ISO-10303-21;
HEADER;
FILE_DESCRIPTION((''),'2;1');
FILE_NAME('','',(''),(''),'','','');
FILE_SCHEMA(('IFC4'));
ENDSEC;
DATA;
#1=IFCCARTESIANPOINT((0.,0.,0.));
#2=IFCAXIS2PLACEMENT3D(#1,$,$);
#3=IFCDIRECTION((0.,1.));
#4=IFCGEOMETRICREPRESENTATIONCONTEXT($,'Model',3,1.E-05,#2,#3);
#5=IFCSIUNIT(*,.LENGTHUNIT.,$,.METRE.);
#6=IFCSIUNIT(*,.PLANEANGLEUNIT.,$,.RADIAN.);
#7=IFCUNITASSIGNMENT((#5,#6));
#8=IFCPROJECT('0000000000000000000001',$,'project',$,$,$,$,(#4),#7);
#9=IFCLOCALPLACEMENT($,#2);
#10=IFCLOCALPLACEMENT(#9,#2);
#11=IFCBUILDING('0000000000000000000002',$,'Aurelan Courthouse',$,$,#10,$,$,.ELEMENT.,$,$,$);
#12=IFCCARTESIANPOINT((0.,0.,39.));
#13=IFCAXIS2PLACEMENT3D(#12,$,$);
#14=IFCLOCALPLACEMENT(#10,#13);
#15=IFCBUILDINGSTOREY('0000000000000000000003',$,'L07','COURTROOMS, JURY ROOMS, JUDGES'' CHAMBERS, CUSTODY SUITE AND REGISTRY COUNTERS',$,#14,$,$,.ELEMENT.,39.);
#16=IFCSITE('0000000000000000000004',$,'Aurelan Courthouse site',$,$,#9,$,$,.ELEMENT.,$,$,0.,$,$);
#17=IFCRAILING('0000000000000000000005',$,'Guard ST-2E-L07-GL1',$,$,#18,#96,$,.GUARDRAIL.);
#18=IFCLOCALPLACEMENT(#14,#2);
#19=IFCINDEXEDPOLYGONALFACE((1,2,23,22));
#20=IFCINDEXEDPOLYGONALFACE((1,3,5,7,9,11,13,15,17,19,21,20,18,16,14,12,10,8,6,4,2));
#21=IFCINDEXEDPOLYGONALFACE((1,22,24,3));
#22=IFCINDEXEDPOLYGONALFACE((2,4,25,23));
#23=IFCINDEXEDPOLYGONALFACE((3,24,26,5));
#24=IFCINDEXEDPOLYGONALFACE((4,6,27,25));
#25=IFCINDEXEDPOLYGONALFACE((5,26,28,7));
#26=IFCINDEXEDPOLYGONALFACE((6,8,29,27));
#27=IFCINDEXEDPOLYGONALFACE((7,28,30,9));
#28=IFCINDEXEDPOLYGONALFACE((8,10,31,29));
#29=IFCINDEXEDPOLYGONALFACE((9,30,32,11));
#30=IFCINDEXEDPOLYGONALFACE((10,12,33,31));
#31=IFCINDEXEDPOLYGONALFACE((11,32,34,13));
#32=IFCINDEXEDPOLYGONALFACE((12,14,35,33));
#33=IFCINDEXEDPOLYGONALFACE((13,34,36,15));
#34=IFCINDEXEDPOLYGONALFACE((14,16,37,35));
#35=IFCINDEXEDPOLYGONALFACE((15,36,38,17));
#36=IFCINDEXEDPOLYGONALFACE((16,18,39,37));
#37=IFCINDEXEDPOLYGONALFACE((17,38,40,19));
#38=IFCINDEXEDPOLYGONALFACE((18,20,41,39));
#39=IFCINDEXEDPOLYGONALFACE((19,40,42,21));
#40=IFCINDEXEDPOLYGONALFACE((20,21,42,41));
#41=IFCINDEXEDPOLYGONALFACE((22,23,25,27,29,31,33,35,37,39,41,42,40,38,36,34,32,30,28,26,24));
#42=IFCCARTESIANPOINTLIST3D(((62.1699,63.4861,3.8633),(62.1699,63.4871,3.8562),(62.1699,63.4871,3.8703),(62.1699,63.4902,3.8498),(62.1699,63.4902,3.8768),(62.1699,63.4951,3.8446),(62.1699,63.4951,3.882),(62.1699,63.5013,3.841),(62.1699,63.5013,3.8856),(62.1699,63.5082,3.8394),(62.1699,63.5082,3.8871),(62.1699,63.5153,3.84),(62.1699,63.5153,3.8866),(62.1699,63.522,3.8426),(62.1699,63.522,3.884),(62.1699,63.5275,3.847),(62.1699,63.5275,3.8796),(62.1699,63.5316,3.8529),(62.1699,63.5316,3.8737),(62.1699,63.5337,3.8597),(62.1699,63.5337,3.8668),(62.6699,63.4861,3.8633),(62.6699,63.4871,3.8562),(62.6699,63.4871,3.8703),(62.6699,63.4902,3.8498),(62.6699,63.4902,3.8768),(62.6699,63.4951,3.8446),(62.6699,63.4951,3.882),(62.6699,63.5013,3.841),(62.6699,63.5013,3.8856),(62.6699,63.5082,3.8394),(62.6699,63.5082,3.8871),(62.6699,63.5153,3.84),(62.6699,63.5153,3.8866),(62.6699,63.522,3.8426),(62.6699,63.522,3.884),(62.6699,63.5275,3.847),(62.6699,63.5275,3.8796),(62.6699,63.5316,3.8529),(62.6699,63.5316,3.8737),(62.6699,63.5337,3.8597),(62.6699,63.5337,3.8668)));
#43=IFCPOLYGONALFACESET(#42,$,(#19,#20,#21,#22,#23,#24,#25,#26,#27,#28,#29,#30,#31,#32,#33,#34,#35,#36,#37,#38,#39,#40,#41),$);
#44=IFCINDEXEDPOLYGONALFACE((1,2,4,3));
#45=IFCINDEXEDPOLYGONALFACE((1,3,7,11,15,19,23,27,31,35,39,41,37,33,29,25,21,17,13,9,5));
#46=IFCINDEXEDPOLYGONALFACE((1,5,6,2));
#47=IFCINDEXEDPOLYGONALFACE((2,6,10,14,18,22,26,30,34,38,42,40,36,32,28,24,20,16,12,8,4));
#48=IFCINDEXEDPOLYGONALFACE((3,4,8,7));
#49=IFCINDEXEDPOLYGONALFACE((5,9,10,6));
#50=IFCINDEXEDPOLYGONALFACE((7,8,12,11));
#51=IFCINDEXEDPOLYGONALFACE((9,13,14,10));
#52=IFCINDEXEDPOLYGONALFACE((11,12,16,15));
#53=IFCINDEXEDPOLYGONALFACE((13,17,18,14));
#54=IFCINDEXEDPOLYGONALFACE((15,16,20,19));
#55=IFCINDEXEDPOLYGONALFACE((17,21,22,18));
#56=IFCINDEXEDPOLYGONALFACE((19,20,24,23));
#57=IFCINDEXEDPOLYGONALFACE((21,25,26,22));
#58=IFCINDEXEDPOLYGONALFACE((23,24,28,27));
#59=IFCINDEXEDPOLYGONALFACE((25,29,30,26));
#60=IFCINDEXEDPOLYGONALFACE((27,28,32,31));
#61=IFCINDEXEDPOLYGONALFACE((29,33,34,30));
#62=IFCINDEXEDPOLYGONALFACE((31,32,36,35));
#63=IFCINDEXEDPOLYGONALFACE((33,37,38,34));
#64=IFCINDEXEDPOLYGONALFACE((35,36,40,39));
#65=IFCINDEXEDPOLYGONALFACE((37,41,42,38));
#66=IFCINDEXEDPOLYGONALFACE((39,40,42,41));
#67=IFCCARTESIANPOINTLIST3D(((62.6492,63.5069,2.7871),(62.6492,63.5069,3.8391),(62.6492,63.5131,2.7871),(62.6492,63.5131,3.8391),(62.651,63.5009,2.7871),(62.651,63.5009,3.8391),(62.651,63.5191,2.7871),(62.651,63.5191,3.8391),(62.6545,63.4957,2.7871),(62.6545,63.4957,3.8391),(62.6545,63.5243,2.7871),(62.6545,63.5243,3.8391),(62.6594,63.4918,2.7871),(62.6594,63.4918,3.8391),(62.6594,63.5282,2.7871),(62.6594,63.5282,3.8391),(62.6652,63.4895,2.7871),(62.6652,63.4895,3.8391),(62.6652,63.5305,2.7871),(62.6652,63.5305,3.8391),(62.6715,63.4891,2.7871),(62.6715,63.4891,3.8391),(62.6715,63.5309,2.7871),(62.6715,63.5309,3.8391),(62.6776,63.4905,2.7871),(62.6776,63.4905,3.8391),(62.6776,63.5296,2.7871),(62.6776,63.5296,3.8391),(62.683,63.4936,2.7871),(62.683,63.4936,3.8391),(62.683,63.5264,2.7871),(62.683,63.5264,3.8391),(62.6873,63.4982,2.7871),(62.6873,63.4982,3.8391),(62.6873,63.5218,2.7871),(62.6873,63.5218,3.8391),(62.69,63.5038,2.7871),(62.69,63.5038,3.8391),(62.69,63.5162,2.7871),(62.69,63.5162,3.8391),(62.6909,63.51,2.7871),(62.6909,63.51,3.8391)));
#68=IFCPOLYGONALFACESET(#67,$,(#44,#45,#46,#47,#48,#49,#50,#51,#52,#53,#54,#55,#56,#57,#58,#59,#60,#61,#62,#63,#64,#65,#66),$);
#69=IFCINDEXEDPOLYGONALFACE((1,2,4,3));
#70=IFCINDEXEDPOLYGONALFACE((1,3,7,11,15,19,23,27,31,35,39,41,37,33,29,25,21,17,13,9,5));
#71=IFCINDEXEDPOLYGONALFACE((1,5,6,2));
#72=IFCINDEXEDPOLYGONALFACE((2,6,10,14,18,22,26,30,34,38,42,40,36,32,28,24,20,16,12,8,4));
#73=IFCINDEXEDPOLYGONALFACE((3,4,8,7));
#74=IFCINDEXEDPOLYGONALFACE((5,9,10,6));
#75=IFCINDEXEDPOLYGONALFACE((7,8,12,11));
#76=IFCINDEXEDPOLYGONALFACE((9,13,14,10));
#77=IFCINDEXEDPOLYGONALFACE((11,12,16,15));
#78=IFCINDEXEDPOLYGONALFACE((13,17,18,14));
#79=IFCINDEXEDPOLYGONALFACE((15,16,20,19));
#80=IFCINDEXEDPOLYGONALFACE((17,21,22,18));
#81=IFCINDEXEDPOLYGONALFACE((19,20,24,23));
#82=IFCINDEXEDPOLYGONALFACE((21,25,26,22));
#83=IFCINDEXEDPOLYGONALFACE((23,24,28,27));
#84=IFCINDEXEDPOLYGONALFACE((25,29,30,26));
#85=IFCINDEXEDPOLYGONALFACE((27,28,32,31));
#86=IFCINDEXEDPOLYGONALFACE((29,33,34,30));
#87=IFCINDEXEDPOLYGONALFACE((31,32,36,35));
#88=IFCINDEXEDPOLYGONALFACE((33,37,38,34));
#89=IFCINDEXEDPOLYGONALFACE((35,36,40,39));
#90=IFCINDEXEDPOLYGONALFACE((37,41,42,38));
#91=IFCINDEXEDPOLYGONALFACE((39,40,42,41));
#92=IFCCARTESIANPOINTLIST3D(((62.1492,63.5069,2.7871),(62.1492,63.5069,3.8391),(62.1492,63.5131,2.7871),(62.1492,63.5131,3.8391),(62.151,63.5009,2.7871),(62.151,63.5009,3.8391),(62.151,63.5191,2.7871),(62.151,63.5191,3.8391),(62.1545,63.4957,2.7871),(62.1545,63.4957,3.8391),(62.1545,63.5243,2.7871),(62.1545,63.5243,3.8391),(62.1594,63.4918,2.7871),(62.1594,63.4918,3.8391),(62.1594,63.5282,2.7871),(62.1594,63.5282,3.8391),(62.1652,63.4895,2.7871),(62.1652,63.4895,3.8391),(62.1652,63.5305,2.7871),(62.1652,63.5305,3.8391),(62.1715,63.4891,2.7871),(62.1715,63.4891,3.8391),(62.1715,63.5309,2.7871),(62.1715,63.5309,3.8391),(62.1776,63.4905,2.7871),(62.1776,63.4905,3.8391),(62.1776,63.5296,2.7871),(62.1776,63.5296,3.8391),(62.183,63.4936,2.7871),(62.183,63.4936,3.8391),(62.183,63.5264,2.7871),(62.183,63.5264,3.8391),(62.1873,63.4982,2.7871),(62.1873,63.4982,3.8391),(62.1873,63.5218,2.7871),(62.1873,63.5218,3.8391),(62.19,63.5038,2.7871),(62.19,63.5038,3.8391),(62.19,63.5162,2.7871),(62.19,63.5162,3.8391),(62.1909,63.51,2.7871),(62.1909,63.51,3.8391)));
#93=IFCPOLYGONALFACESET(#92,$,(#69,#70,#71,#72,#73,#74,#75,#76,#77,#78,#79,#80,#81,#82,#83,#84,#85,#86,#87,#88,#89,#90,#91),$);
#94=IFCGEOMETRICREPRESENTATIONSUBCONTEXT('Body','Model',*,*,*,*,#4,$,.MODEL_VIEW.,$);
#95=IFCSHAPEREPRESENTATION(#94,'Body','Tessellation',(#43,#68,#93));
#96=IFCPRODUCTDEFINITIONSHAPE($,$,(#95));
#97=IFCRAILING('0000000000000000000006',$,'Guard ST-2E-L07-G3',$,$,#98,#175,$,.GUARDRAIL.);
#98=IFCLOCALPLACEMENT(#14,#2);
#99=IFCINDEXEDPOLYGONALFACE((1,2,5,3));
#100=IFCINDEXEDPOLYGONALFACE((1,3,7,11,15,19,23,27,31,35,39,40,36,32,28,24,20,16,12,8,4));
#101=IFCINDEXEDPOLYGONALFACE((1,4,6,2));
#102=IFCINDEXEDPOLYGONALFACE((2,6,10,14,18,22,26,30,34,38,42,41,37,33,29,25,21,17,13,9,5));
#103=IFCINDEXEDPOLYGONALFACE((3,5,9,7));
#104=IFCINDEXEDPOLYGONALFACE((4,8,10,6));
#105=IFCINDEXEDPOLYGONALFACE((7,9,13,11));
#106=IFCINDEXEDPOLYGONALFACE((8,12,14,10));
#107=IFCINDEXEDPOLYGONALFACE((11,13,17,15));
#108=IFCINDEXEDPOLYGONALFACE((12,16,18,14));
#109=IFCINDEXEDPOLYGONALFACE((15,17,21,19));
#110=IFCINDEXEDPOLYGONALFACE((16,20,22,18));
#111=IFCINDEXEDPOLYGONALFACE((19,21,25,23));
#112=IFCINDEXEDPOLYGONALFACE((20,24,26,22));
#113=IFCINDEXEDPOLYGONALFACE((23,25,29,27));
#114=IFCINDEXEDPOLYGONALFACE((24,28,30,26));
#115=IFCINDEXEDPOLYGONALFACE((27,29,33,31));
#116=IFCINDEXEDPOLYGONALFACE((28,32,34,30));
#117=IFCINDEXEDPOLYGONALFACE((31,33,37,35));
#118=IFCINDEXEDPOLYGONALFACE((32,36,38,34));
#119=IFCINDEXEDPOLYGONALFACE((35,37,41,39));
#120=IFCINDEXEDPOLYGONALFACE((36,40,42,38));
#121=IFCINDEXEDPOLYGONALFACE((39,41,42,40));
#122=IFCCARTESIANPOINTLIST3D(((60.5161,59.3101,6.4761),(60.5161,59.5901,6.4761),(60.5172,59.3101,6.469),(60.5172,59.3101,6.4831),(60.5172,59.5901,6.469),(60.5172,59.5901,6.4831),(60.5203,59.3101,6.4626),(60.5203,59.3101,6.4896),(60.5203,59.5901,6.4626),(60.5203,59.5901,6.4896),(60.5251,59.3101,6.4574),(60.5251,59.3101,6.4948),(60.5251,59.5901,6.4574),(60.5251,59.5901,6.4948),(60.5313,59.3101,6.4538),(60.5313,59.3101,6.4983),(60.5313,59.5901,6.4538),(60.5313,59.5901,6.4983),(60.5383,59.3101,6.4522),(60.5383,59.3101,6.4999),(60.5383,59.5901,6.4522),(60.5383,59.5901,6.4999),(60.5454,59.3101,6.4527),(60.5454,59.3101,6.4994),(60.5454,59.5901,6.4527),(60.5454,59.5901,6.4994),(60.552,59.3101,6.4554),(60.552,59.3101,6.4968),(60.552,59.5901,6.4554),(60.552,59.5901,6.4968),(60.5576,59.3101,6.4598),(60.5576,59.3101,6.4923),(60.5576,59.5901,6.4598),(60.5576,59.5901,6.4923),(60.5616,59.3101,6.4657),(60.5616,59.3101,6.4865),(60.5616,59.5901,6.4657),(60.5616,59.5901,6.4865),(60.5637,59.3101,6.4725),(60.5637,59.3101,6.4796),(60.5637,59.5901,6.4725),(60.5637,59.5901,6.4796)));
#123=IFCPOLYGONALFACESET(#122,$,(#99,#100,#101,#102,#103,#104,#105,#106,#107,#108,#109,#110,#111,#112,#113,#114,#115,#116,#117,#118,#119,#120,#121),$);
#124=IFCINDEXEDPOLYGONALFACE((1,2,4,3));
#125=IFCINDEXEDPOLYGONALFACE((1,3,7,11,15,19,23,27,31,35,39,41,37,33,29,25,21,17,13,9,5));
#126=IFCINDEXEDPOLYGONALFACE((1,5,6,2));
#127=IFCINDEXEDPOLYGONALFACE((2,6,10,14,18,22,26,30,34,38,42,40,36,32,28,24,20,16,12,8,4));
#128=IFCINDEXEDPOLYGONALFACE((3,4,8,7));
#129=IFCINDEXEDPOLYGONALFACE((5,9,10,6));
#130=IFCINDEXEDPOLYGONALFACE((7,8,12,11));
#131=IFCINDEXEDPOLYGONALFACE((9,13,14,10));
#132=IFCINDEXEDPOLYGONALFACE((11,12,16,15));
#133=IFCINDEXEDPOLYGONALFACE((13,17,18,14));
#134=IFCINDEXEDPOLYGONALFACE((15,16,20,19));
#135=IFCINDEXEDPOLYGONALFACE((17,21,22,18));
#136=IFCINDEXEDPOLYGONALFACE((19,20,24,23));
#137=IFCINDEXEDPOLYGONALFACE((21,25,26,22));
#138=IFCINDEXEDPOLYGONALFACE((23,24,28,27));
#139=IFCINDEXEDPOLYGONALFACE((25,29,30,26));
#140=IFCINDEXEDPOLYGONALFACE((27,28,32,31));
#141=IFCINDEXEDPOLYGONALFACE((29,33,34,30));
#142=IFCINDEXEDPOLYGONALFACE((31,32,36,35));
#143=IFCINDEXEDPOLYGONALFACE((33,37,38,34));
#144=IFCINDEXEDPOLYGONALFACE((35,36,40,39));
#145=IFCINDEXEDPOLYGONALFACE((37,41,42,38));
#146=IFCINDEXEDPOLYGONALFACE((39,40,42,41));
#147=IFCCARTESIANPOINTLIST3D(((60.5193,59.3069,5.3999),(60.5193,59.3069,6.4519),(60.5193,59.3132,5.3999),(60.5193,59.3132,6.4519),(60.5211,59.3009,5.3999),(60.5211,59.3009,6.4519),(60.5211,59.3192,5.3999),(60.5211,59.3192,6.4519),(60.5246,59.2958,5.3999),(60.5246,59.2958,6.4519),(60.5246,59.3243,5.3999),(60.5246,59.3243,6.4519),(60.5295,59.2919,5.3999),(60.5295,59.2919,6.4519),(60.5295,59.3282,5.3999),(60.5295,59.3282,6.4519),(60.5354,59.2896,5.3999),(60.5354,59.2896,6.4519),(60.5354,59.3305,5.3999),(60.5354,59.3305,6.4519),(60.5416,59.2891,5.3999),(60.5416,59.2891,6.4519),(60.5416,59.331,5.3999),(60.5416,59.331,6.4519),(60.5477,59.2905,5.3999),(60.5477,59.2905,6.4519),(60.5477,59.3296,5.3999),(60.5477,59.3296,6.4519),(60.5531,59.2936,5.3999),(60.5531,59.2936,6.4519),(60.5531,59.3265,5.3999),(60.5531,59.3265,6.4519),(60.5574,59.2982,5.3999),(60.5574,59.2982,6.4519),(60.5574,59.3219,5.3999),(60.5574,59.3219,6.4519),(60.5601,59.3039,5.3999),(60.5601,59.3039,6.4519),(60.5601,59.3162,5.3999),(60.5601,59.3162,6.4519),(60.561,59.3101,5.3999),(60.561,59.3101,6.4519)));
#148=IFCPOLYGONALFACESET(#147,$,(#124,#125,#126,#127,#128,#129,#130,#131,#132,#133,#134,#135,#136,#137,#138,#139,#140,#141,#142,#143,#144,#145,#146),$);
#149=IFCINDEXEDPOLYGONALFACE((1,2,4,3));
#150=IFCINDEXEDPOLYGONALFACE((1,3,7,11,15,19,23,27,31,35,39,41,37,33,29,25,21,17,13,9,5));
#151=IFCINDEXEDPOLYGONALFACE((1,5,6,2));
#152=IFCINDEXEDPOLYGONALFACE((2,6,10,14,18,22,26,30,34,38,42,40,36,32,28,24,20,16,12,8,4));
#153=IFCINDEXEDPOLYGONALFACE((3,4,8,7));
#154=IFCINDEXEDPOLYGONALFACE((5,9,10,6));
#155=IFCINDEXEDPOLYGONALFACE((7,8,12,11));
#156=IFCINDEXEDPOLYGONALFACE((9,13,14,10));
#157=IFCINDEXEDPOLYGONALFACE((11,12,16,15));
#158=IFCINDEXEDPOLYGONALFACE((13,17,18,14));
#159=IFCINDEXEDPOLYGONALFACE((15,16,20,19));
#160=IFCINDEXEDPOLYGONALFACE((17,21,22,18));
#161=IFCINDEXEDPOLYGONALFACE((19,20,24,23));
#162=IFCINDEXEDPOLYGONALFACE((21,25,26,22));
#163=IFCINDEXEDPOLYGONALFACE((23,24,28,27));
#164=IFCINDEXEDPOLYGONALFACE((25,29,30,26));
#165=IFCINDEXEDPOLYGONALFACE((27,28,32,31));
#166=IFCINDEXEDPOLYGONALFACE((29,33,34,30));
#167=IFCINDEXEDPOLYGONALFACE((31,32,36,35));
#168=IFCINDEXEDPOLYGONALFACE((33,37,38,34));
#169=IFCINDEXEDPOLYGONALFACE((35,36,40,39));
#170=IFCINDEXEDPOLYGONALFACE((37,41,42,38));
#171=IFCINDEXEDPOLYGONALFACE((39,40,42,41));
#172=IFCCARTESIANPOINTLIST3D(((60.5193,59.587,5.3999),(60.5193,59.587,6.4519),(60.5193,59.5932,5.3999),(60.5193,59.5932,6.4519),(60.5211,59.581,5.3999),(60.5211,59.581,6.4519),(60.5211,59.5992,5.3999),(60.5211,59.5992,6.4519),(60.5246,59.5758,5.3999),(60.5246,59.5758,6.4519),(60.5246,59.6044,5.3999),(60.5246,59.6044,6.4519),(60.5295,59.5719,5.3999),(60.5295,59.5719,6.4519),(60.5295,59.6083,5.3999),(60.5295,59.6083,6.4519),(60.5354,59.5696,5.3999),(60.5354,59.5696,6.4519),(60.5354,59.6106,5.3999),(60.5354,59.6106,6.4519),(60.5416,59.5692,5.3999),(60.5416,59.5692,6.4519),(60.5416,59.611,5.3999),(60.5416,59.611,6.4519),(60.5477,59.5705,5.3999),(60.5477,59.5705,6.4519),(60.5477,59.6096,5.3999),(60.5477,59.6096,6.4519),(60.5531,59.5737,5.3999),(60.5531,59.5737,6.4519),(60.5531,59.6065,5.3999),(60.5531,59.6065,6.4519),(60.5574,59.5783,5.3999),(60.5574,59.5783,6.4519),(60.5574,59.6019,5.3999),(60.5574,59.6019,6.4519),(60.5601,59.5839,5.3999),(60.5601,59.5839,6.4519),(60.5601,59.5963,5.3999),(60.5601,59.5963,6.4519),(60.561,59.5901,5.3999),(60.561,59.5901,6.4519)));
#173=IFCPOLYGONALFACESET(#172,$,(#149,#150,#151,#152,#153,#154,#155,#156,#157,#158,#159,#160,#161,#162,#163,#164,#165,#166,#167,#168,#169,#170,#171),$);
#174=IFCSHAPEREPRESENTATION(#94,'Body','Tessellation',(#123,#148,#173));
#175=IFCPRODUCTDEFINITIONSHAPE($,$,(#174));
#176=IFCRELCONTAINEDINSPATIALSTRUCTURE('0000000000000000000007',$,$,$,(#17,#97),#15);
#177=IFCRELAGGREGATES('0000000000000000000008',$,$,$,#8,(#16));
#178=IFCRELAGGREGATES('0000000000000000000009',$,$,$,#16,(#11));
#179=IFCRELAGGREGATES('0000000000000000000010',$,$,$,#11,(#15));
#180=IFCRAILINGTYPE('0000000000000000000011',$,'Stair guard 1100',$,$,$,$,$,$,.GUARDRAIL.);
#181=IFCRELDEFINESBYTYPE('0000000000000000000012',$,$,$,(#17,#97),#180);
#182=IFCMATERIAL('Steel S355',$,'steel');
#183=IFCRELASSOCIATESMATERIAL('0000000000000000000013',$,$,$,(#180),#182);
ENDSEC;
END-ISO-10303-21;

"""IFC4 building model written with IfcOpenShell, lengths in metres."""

from ifc_helpers import new_model, si_unit, direction, frame, origin, origin_2d, place, context, subcontext, project, spatial, circle, extrude, material, type_object, element, save


model = new_model("IFC4")

# Units and contexts
model_context = context("Model", 3, precision=1e-05, world=origin(), true_north=direction((0.0, 1.0)))
body_context = subcontext(model_context, "Body", "Model", "MODEL_VIEW")
ifc_project = project(units=[si_unit("LENGTHUNIT", "METRE"), si_unit("PLANEANGLEUNIT", "RADIAN")], contexts=[model_context])

# Site, building, storey
site_placement = place(None, origin())
site = spatial("IfcSite", under=ifc_project, at=site_placement, Name="Aurelan Courthouse site", CompositionType="ELEMENT", RefElevation=0.0)
building_placement = place(site_placement, origin())
building = spatial("IfcBuilding", under=site, at=building_placement, Name="Aurelan Courthouse", CompositionType="ELEMENT")
storey_placement = place(building_placement, frame((0.0, 0.0, 39.0)))
storey = spatial("IfcBuildingStorey", under=building, at=storey_placement, Name="L07", Description="COURTROOMS, JURY ROOMS, JUDGES' CHAMBERS, CUSTODY SUITE AND REGISTRY COUNTERS", CompositionType="ELEMENT", Elevation=39.0)

# Railings
ifc_material_1 = material(Name="Steel S355", Category="steel")
railing_type_1 = type_object("IfcRailingType", Name="Stair guard 1100", PredefinedType="GUARDRAIL", material=ifc_material_1)
railing_1_placement = place(storey_placement, frame((62.6699, 63.51, 2.7871)))
element("IfcRailing", 1, at=railing_1_placement, inside=storey, type_object=railing_type_1, Name="Guard ST-2E-L07-GL1", PredefinedType="GUARDRAIL", context=body_context, shape_type="SweptSolid", body=[
    extrude(circle(Radius=0.0239, at=origin_2d()), frame((0.0, 0.0, 1.0762), z_axis=(-1.0, 0.0, 0.0), x_axis=(0.0, -1.0, 0.0)), (0.0, 0.0, 1.0), 0.5),
    extrude(circle(Radius=0.021, at=origin_2d()), origin(), (0.0, 0.0, 1.0), 1.052),
    extrude(circle(Radius=0.021, at=origin_2d()), frame((-0.5, 0.0, 0.0)), (0.0, 0.0, 1.0), 1.052),
])
railing_2_placement = place(storey_placement, frame((60.54, 59.3101, 5.3999)))
element("IfcRailing", 2, at=railing_2_placement, inside=storey, type_object=railing_type_1, Name="Guard ST-2E-L07-G3", PredefinedType="GUARDRAIL", context=body_context, shape_type="SweptSolid", body=[
    extrude(circle(Radius=0.0239, at=origin_2d()), frame((0.0, 0.0, 1.0762), z_axis=(0.0, 1.0, 0.0), x_axis=(-1.0, 0.0, 0.0)), (0.0, 0.0, 1.0), 0.28),
    extrude(circle(Radius=0.021, at=origin_2d()), origin(), (0.0, 0.0, 1.0), 1.052),
    extrude(circle(Radius=0.021, at=origin_2d()), frame((0.0, 0.28, 0.0)), (0.0, 0.0, 1.0), 1.052),
])

save(model, "model.ifc")
